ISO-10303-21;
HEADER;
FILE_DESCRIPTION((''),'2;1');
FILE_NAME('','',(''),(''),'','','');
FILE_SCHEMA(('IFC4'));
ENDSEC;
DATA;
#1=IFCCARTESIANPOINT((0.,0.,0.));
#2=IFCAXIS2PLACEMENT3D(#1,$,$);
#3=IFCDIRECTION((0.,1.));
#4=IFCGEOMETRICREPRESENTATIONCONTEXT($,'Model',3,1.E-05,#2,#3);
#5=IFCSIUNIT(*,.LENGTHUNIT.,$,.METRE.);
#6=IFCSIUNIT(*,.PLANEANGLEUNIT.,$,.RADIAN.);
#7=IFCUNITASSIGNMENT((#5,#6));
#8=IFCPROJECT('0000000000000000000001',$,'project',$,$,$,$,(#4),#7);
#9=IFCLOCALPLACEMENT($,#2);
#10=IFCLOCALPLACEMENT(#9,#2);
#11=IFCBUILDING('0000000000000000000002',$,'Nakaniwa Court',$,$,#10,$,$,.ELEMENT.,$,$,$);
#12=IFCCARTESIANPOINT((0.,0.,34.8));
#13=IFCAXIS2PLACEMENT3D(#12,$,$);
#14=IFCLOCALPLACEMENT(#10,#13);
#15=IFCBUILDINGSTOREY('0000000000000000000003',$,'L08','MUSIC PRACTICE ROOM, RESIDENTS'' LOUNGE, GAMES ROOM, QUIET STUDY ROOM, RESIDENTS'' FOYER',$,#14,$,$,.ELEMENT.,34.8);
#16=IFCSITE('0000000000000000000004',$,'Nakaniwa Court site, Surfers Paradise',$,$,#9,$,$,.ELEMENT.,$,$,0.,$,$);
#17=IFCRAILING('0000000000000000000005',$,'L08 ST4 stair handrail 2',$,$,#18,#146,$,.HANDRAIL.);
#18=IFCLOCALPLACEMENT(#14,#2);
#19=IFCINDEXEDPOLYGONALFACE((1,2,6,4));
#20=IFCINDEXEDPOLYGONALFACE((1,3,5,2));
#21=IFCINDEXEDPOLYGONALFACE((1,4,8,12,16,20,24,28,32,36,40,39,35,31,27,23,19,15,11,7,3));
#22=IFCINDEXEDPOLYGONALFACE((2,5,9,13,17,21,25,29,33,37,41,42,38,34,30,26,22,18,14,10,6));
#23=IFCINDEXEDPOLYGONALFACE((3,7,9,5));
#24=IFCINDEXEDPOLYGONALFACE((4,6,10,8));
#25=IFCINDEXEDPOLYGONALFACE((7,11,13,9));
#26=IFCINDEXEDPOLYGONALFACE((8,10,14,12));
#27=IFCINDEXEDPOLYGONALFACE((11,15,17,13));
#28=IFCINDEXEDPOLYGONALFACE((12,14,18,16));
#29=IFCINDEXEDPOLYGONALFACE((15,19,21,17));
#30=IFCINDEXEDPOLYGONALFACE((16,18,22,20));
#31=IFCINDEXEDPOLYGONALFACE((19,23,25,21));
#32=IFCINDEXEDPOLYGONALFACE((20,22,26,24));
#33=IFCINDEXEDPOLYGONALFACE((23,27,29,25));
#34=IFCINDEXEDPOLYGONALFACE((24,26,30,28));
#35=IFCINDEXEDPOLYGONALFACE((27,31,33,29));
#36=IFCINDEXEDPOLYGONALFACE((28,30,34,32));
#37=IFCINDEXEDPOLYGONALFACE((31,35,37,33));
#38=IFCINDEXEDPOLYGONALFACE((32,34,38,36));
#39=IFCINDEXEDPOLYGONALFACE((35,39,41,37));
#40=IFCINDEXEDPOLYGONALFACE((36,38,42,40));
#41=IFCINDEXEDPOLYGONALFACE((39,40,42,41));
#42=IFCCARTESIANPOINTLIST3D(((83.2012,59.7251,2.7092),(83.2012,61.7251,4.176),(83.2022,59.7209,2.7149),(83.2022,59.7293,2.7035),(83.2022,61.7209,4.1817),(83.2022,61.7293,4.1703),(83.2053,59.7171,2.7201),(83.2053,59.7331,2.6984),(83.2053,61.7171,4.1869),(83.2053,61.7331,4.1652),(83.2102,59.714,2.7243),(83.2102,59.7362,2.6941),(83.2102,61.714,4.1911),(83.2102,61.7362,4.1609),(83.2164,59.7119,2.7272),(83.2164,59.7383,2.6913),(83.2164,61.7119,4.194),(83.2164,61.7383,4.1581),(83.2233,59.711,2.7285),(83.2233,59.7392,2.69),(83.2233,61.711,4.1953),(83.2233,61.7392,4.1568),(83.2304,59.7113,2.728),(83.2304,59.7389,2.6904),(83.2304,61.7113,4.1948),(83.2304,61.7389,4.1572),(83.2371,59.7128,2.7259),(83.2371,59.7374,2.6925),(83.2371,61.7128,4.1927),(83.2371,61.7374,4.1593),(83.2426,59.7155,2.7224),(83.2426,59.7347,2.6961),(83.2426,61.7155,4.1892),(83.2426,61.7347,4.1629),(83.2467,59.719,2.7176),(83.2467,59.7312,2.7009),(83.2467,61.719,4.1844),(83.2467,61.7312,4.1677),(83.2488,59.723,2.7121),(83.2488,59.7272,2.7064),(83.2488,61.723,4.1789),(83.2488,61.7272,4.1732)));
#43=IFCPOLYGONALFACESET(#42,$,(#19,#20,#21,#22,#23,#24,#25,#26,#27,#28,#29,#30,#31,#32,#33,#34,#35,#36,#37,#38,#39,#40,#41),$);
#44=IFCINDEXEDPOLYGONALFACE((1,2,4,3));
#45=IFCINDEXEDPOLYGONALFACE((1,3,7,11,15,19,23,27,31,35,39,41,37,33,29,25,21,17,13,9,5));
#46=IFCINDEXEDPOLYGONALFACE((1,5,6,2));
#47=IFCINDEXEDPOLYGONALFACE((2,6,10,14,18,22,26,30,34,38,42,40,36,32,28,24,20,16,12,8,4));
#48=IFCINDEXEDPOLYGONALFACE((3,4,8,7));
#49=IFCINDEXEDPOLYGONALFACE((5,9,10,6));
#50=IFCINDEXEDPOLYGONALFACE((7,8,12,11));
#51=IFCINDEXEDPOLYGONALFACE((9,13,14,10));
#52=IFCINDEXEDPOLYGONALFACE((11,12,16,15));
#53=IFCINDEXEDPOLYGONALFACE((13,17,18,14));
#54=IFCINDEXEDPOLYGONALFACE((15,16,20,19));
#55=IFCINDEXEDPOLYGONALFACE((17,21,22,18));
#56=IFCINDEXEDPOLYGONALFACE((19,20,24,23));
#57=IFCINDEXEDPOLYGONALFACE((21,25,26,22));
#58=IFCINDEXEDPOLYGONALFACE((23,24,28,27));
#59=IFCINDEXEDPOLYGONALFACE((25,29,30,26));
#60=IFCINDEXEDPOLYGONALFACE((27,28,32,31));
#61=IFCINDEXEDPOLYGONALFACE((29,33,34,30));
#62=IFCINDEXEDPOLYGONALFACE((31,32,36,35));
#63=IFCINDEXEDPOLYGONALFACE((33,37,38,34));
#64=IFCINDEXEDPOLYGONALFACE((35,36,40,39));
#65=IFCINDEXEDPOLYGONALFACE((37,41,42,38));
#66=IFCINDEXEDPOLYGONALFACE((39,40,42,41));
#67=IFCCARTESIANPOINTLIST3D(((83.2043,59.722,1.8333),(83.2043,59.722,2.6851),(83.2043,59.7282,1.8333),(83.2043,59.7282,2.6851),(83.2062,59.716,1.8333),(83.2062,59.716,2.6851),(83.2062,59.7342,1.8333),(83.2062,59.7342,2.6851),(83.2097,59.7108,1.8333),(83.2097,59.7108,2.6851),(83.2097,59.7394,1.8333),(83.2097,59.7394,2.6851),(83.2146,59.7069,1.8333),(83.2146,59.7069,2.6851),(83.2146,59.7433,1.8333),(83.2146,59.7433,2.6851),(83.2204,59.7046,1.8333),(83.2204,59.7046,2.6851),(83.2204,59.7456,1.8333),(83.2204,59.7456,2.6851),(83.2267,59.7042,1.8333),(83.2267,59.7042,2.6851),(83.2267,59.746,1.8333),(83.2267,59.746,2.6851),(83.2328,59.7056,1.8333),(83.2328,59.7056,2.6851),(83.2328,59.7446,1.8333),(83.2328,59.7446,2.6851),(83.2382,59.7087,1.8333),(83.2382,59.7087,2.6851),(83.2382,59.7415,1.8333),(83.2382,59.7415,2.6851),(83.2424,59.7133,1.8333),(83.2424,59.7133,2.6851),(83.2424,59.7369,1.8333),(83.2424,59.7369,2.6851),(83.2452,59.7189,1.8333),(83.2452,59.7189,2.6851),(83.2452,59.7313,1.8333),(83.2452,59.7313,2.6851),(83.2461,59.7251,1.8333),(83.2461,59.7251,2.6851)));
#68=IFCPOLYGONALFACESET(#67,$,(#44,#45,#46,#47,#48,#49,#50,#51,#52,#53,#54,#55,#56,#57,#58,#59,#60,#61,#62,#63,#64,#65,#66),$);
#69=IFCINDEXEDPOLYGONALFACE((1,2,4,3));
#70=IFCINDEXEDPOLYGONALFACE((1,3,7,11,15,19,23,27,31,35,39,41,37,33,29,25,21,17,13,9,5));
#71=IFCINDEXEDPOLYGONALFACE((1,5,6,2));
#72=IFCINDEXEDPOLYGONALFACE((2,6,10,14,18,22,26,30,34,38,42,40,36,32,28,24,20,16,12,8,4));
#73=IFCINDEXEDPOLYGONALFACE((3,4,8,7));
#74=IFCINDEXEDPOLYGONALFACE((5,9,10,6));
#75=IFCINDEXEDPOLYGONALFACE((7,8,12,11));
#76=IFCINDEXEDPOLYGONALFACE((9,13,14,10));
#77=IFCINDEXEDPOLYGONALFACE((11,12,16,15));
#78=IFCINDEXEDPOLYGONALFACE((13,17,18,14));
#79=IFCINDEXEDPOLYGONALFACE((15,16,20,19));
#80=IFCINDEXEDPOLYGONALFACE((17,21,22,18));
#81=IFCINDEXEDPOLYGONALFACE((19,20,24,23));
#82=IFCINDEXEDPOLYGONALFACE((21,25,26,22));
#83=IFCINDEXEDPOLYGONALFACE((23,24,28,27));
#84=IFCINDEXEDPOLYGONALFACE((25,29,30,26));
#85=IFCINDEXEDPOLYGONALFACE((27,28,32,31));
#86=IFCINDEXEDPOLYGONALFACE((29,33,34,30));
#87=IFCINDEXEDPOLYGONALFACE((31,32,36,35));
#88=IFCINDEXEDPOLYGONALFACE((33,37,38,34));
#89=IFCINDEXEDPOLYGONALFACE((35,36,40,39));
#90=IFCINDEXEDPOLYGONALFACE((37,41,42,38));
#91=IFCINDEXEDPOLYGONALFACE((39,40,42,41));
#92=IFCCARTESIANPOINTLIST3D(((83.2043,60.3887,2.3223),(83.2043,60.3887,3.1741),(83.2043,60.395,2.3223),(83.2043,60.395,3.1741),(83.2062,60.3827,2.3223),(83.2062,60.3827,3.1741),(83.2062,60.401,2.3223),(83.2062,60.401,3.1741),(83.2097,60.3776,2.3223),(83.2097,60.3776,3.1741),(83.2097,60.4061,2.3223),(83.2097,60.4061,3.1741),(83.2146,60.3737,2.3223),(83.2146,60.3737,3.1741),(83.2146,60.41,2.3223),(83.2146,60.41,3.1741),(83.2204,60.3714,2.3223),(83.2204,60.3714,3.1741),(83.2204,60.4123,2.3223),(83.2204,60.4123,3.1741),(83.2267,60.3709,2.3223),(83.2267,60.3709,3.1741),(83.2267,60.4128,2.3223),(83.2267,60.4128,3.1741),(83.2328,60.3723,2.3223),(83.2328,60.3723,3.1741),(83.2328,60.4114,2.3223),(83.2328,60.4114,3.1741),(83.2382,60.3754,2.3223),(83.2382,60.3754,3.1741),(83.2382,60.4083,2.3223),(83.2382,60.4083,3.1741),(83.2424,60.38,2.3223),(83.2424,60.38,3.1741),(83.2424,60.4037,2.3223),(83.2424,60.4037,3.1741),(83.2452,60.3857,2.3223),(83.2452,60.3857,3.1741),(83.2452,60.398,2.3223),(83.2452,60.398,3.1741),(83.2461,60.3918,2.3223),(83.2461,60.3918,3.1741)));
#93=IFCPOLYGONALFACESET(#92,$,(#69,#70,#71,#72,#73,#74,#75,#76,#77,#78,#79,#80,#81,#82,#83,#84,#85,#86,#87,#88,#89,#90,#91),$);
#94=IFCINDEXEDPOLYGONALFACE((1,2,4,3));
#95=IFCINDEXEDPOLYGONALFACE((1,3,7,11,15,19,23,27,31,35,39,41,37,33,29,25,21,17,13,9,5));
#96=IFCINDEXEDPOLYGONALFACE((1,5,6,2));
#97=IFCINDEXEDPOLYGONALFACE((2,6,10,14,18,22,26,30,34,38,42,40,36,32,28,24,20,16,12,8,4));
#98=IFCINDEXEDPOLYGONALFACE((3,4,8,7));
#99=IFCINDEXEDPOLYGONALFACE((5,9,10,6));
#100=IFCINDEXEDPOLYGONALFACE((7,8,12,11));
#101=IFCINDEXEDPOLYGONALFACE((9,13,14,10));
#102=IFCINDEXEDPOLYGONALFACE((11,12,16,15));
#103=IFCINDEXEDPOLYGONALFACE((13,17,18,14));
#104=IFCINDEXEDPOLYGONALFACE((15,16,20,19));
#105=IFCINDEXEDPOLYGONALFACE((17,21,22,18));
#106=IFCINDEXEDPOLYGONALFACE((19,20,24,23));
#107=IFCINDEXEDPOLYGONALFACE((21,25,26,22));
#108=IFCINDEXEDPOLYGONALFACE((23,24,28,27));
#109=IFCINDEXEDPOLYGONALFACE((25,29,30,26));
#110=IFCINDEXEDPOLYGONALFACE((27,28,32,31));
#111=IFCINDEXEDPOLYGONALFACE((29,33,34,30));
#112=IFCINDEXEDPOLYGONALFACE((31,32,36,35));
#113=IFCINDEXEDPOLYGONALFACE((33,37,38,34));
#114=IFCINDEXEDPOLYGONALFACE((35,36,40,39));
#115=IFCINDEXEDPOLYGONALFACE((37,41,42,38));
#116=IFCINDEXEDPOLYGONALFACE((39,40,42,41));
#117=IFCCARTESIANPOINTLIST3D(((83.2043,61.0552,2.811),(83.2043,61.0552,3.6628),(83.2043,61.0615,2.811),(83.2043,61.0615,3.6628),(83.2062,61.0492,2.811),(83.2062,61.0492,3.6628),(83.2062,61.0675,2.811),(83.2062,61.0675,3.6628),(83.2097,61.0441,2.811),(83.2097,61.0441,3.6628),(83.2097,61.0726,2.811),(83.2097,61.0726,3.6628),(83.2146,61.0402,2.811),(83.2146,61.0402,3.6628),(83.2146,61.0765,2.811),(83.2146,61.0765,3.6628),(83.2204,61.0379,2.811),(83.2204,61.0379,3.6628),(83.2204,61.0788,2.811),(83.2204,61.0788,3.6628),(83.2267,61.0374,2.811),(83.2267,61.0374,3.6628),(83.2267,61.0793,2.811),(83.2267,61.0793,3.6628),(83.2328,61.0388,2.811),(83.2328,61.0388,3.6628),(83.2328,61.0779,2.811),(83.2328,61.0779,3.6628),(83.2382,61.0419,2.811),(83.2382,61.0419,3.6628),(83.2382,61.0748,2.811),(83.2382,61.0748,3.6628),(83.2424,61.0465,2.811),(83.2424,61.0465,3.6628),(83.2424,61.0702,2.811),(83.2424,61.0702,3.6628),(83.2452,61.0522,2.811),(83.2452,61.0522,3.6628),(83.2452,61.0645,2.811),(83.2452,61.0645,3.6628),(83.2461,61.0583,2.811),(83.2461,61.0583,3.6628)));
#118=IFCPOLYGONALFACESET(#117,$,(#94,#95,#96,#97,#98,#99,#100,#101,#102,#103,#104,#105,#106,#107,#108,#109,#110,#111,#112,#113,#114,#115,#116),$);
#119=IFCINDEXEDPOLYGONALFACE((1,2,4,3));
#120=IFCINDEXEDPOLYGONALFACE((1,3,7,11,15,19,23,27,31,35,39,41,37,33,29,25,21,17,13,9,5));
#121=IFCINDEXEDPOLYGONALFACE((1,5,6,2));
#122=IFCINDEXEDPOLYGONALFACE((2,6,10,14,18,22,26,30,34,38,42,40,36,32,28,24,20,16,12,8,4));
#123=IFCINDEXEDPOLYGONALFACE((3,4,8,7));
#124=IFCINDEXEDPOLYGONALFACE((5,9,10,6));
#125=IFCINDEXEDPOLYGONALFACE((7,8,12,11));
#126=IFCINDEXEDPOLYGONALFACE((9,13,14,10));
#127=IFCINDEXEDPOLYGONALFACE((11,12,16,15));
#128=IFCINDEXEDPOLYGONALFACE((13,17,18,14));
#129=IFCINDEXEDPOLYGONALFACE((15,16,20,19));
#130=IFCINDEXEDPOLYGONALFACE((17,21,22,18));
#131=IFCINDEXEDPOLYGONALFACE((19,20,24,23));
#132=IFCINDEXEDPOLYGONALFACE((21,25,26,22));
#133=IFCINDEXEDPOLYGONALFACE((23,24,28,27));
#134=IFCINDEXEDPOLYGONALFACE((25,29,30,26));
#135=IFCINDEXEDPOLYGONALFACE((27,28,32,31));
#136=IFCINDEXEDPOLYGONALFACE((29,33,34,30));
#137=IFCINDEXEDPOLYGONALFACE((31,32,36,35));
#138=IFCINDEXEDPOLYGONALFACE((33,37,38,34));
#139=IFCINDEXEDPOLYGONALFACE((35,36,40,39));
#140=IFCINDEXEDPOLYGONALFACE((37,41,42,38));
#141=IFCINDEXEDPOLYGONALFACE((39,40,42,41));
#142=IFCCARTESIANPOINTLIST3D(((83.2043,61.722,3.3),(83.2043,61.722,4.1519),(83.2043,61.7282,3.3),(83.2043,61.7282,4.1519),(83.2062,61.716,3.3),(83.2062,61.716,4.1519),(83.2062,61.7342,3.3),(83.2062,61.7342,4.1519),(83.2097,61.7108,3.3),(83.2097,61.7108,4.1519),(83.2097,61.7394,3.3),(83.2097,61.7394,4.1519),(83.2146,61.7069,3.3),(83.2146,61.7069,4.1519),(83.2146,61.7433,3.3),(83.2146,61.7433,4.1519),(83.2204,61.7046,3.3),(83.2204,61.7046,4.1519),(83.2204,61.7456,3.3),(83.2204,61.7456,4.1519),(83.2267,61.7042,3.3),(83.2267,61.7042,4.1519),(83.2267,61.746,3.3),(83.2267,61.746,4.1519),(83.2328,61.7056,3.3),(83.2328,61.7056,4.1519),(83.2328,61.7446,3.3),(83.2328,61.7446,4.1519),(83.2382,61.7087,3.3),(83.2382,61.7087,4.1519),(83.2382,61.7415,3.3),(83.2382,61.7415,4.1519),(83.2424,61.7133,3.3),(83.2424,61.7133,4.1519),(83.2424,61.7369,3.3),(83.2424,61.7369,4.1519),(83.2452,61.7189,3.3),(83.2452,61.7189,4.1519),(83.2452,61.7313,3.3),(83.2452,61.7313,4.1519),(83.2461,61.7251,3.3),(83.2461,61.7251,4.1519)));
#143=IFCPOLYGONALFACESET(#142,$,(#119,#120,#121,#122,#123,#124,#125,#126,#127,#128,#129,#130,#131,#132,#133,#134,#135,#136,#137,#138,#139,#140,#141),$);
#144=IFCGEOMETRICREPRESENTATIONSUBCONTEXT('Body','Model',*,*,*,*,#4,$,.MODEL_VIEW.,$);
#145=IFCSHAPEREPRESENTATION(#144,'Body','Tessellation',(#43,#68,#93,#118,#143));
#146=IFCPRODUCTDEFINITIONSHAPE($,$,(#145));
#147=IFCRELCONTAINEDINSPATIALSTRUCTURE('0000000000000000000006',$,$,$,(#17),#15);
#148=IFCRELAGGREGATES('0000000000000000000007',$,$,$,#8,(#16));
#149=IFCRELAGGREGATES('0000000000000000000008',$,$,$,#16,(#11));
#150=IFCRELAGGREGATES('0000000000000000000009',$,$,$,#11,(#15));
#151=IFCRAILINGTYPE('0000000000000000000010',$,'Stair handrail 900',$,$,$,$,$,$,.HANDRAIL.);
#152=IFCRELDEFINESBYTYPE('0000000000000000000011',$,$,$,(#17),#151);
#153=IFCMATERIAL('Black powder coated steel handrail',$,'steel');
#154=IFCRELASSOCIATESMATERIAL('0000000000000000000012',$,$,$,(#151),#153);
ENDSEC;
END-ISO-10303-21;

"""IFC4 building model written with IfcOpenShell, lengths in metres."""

from ifc_helpers import new_model, si_unit, direction, frame, origin, origin_2d, place, context, subcontext, project, spatial, circle, extrude, material, type_object, element, save


model = new_model("IFC4")

# Units and contexts
model_context = context("Model", 3, precision=1e-05, world=origin(), true_north=direction((0.0, 1.0)))
body_context = subcontext(model_context, "Body", "Model", "MODEL_VIEW")
ifc_project = project(units=[si_unit("LENGTHUNIT", "METRE"), si_unit("PLANEANGLEUNIT", "RADIAN")], contexts=[model_context])

# Site, building, storey
site_placement = place(None, origin())
site = spatial("IfcSite", under=ifc_project, at=site_placement, Name="Nakaniwa Court site, Surfers Paradise", CompositionType="ELEMENT", RefElevation=0.0)
building_placement = place(site_placement, origin())
building = spatial("IfcBuilding", under=site, at=building_placement, Name="Nakaniwa Court", CompositionType="ELEMENT")
storey_placement = place(building_placement, frame((0.0, 0.0, 34.8)))
storey = spatial("IfcBuildingStorey", under=building, at=storey_placement, Name="L08", Description="MUSIC PRACTICE ROOM, RESIDENTS' LOUNGE, GAMES ROOM, QUIET STUDY ROOM, RESIDENTS' FOYER", CompositionType="ELEMENT", Elevation=34.8)

# Railing
ifc_material_1 = material(Name="Black powder coated steel handrail", Category="steel")
railing_type_1 = type_object("IfcRailingType", Name="Stair handrail 900", PredefinedType="HANDRAIL", material=ifc_material_1)
railing_1_placement = place(storey_placement, frame((83.2251, 59.7251, 1.8333)))
element("IfcRailing", 1, at=railing_1_placement, inside=storey, type_object=railing_type_1, Name="L08 ST4 stair handrail 2", PredefinedType="HANDRAIL", context=body_context, shape_type="SweptSolid", body=[
    extrude(circle(Radius=0.0239, at=origin_2d()), frame((0.0, 0.0, 0.876), z_axis=(0.0, 0.80638, 0.591398), x_axis=(-1.0, 0.0, 0.0)), (0.0, 0.0, 1.0), 2.4802),
    extrude(circle(Radius=0.021, at=origin_2d()), origin(), (0.0, 0.0, 1.0), 0.8518),
    extrude(circle(Radius=0.021, at=origin_2d()), frame((0.0, 0.6667, 0.489)), (0.0, 0.0, 1.0), 0.8518),
    extrude(circle(Radius=0.021, at=origin_2d()), frame((0.0, 1.3333, 0.9778)), (0.0, 0.0, 1.0), 0.8518),
    extrude(circle(Radius=0.021, at=origin_2d()), frame((0.0, 2.0, 1.4668)), (0.0, 0.0, 1.0), 0.8518),
])

save(model, "model.ifc")
